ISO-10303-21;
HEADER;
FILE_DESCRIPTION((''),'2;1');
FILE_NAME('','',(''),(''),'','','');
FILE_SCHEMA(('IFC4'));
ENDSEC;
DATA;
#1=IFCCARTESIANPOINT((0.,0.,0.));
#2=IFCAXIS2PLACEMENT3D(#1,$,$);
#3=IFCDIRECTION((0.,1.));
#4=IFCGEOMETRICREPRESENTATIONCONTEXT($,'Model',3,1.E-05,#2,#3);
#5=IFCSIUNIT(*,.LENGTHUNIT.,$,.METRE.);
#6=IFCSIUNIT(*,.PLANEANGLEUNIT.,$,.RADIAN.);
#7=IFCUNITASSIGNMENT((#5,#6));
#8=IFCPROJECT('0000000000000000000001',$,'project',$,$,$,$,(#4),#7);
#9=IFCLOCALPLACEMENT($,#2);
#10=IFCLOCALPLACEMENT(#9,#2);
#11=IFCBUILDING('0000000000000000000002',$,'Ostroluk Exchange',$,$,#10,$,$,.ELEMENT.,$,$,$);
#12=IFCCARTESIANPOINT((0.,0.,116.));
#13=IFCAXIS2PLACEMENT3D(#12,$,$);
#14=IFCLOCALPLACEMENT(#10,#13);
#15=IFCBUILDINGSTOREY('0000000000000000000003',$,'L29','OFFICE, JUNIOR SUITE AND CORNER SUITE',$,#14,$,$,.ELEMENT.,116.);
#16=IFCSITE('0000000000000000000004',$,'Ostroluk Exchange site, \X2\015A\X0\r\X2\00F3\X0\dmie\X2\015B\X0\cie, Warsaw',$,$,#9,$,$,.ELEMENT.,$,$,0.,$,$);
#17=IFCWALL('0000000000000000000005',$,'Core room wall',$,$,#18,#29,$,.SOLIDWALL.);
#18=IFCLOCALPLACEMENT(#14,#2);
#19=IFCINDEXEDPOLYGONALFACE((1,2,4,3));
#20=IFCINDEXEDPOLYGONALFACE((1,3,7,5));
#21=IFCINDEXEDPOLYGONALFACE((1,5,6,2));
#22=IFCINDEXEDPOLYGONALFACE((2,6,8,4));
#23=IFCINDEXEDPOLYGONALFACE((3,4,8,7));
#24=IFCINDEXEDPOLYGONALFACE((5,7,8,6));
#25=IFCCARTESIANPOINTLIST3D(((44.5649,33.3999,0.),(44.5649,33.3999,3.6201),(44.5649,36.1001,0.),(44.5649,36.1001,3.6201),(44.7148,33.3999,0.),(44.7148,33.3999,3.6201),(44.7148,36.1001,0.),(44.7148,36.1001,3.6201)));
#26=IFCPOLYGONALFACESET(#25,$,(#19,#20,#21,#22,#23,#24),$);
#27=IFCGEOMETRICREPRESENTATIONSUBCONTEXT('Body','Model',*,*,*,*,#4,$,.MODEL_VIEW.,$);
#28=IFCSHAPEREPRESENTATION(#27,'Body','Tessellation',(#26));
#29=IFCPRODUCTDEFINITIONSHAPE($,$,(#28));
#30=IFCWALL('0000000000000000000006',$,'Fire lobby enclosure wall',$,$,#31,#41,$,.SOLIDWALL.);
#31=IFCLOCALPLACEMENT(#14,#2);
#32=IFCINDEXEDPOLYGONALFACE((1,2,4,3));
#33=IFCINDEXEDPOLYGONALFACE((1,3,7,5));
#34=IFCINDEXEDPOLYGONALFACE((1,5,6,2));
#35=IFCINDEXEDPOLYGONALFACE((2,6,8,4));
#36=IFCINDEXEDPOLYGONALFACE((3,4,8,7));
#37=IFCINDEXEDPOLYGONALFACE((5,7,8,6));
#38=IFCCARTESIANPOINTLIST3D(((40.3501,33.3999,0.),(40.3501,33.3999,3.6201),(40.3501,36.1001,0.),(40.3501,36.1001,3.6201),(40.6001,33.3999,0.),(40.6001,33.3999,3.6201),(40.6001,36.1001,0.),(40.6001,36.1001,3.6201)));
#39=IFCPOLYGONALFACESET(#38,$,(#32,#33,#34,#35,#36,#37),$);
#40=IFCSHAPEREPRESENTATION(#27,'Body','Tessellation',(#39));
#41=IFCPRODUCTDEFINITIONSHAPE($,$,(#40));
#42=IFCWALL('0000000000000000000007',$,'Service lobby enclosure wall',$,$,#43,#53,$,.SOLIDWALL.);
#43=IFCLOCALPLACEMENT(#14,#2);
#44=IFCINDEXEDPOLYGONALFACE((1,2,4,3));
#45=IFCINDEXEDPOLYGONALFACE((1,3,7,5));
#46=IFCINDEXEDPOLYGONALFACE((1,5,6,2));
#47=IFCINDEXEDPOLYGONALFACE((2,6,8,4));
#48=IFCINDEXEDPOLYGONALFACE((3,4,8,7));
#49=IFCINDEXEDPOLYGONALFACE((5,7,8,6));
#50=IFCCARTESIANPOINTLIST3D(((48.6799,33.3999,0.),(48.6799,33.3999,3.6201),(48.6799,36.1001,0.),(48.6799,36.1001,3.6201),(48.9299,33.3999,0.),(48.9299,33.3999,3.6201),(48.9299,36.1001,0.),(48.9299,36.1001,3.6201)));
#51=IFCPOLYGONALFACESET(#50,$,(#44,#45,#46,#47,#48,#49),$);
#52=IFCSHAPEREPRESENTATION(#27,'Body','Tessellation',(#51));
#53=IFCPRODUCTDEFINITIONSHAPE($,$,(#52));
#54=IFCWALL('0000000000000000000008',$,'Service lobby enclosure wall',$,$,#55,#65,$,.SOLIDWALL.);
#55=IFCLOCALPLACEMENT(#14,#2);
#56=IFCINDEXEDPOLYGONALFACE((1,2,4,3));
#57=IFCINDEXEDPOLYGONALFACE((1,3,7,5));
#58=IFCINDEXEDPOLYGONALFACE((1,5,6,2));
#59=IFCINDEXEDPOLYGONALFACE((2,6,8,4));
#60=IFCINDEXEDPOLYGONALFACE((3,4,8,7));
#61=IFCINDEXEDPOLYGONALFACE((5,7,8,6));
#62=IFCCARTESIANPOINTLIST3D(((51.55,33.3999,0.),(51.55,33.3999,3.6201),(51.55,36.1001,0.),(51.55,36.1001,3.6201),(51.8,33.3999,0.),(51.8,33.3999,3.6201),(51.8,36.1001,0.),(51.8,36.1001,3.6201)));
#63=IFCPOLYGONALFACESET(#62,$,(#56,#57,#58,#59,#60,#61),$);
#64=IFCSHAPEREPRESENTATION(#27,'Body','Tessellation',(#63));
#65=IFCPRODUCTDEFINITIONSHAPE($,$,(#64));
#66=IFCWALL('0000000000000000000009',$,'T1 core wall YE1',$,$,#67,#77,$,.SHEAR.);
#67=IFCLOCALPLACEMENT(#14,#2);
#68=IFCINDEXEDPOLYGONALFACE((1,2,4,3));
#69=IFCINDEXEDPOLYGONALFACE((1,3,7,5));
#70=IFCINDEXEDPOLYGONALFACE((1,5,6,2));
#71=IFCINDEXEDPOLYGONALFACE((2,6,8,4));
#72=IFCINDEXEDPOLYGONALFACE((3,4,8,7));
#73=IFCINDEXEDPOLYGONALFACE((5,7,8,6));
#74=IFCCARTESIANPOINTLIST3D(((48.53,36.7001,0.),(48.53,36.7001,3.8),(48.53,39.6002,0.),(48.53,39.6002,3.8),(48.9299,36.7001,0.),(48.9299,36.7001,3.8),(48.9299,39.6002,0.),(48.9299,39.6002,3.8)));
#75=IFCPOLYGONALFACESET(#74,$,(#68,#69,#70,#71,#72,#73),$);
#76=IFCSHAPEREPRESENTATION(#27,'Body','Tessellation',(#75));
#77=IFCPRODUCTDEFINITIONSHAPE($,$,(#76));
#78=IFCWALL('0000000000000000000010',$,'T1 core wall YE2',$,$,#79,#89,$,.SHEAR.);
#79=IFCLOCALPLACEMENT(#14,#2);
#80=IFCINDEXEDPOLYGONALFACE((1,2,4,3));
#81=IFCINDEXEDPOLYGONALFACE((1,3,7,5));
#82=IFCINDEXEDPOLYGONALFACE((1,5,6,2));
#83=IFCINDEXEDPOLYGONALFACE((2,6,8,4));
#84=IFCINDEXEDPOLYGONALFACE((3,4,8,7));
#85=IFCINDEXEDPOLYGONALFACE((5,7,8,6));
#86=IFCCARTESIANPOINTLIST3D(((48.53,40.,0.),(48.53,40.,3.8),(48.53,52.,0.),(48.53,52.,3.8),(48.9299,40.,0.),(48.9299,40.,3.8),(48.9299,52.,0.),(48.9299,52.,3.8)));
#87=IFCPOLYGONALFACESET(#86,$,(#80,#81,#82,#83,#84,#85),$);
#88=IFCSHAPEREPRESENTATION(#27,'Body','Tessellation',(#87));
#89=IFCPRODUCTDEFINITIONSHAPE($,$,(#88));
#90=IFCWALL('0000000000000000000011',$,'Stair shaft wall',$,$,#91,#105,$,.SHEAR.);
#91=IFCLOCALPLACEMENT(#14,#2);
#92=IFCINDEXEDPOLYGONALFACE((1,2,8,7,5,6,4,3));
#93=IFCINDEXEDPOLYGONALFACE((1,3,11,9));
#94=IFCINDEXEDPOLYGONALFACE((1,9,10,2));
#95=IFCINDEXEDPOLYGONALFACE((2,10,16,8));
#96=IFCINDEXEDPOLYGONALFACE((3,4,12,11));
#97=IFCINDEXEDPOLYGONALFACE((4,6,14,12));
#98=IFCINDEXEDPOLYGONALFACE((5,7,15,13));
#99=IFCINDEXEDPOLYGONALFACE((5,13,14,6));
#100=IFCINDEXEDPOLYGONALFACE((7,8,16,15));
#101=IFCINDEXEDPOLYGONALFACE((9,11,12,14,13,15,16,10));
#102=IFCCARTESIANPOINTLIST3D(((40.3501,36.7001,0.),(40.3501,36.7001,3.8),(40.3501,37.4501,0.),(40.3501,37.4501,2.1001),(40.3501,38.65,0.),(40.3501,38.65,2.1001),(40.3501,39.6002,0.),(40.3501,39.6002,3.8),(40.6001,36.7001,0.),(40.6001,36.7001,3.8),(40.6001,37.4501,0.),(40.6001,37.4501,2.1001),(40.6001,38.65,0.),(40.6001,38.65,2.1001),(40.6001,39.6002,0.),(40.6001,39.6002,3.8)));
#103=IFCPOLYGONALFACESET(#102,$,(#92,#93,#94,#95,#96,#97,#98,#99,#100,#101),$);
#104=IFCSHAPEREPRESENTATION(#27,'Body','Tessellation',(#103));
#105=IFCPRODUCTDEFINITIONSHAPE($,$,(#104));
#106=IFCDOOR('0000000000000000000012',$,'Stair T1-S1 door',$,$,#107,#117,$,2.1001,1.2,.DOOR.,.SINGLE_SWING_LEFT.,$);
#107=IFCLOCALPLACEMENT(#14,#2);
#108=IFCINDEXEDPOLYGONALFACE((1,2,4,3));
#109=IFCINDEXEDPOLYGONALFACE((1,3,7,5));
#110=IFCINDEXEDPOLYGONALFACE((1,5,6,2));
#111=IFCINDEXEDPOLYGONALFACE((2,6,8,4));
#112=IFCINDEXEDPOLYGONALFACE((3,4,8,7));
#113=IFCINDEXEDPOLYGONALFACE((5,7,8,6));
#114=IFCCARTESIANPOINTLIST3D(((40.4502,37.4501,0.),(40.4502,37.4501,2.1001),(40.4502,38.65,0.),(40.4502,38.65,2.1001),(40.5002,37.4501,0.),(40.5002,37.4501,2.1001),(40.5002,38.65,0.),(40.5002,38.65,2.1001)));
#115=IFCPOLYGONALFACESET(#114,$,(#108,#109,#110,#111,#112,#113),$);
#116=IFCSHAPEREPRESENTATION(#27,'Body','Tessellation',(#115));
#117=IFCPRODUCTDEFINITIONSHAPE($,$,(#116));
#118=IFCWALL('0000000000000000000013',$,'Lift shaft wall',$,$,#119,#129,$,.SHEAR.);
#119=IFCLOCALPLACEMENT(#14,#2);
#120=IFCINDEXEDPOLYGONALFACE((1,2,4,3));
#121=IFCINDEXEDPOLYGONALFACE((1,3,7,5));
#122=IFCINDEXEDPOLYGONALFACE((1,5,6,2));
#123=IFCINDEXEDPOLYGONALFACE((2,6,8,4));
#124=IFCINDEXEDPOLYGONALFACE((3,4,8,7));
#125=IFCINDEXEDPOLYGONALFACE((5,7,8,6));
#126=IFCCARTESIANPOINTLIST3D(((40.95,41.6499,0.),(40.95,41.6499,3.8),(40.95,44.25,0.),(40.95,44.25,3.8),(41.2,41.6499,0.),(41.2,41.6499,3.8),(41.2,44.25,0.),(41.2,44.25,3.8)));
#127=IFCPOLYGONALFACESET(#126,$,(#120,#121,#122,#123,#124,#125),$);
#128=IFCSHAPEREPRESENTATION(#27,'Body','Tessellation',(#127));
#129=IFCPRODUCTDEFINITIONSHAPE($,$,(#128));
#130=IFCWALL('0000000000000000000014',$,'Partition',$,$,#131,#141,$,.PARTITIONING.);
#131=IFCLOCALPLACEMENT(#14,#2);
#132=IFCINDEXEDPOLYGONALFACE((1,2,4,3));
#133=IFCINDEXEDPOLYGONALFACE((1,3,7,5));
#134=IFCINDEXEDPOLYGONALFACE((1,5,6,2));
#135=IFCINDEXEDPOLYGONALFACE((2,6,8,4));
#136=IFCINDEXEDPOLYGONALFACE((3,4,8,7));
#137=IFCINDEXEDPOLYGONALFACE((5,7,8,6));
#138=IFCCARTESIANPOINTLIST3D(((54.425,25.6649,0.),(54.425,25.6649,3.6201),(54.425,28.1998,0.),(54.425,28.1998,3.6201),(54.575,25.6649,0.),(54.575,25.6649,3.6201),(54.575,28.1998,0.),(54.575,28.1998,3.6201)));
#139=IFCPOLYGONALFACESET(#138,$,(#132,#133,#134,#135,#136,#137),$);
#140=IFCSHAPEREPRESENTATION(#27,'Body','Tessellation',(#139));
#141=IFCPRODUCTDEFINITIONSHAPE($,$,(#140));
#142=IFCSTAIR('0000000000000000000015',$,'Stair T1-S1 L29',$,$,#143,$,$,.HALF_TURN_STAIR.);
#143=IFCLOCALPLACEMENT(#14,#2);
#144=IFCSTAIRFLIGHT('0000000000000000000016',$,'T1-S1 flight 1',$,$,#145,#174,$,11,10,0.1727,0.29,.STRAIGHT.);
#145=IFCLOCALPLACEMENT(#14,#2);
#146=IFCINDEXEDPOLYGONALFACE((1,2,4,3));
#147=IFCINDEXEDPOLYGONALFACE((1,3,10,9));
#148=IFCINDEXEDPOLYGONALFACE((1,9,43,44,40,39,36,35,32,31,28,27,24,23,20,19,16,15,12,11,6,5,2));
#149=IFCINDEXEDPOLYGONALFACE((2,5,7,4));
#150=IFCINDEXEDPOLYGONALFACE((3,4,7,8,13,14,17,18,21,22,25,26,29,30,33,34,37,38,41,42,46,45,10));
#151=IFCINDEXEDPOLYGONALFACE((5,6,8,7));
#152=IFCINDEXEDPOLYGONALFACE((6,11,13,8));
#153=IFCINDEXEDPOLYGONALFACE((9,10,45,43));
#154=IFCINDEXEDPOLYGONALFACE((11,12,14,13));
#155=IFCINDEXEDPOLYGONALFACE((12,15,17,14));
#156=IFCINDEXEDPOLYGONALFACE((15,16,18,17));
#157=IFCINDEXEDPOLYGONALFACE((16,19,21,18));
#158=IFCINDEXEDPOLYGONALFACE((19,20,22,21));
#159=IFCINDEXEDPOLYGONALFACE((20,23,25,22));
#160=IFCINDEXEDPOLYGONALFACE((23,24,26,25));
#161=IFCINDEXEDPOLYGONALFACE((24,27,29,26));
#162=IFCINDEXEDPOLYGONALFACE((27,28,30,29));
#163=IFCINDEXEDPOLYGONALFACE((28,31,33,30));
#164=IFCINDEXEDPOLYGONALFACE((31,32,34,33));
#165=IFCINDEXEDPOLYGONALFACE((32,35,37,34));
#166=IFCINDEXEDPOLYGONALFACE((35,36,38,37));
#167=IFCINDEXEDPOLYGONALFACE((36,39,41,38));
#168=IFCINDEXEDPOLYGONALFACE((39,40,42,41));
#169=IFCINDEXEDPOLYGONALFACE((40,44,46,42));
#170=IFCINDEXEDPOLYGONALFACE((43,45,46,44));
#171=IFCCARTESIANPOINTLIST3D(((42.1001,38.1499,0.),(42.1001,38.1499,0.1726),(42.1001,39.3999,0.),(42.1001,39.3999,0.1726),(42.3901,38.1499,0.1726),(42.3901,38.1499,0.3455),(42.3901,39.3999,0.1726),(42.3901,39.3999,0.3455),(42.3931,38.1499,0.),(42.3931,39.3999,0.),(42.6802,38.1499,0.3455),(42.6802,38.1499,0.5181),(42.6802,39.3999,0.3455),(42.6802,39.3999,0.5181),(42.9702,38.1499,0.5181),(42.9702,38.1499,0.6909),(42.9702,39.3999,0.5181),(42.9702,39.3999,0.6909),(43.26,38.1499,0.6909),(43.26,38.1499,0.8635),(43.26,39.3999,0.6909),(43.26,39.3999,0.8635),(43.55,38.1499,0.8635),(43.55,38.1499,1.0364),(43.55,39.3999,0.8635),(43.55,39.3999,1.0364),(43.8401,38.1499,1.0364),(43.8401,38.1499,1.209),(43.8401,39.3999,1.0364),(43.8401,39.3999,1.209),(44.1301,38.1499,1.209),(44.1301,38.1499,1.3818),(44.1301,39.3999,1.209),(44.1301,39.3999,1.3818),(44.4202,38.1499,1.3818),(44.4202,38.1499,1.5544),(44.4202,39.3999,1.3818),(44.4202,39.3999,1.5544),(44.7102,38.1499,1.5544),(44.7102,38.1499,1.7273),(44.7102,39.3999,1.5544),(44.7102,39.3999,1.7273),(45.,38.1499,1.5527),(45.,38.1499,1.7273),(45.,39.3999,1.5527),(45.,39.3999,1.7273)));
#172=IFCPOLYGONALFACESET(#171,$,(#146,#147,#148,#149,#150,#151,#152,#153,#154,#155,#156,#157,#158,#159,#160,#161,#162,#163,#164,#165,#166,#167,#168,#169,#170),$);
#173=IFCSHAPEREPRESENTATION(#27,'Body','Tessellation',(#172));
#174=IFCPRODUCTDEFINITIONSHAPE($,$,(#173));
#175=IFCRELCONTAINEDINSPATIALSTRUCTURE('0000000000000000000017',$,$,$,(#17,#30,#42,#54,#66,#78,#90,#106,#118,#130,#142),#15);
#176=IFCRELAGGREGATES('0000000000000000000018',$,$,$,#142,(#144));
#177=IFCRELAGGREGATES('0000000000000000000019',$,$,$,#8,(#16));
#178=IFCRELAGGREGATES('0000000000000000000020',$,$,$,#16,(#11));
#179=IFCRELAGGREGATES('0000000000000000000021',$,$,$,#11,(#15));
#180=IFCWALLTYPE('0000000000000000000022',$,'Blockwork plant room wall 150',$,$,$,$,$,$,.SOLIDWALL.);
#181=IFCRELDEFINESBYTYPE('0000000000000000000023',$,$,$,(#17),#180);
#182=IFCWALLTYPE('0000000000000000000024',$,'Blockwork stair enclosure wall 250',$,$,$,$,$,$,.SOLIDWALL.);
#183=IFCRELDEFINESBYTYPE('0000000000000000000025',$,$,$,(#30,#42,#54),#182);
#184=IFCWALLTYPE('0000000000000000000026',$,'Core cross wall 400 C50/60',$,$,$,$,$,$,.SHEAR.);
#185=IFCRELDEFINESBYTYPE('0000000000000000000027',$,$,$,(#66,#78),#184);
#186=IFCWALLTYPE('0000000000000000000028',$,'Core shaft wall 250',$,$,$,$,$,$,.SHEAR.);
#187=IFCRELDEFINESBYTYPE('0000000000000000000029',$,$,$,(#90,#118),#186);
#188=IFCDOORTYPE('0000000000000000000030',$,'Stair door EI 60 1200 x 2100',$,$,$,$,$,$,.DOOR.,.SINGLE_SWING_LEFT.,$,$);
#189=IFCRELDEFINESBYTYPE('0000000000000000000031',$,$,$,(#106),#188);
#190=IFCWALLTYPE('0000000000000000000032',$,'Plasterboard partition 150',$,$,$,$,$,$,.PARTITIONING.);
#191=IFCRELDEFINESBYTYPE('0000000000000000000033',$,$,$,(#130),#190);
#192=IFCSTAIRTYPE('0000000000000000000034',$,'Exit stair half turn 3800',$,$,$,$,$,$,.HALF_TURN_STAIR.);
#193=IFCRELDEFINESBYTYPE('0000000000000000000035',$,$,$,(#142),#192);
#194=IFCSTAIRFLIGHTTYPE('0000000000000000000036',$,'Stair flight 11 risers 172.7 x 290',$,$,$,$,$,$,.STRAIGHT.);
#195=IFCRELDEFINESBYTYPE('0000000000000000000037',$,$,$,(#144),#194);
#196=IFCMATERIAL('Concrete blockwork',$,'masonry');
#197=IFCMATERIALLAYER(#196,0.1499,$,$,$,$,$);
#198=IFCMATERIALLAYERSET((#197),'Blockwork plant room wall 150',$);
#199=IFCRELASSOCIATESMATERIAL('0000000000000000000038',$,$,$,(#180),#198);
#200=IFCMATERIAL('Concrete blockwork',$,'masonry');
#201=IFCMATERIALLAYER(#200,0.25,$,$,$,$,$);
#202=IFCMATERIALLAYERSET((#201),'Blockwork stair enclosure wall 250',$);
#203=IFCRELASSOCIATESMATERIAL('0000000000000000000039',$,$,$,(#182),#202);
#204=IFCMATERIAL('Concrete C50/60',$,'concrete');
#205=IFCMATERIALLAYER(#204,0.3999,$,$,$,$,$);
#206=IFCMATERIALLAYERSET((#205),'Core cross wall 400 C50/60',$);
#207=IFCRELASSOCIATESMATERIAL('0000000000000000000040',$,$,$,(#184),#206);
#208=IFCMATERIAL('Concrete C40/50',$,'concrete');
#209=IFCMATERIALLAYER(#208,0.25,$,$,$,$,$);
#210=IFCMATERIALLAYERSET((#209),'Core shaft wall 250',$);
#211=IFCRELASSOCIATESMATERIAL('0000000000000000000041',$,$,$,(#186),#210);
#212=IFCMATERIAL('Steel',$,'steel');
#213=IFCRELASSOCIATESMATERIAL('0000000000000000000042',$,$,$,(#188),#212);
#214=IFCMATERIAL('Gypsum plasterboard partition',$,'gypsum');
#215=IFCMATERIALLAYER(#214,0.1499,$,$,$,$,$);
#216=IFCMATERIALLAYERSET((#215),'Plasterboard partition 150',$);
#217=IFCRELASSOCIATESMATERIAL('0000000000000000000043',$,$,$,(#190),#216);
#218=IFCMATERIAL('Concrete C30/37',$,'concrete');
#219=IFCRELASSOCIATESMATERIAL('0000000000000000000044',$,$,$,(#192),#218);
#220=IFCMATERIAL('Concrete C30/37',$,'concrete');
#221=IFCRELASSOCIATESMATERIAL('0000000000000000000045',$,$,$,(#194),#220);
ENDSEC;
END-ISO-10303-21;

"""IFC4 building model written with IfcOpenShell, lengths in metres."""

from ifc_helpers import new_model, si_unit, direction, frame, frame_2d, origin, place, context, subcontext, project, spatial, polyline, rectangle, outline, extrude, material, layer, layer_set, type_object, element, fill, aggregate, save


model = new_model("IFC4")

# Units and contexts
model_context = context("Model", 3, precision=1e-05, world=origin(), true_north=direction((0.0, 1.0)))
body_context = subcontext(model_context, "Body", "Model", "MODEL_VIEW")
ifc_project = project(units=[si_unit("LENGTHUNIT", "METRE"), si_unit("PLANEANGLEUNIT", "RADIAN")], contexts=[model_context])

# Site, building, storey
site_placement = place(None, origin())
site = spatial("IfcSite", under=ifc_project, at=site_placement, Name="Ostroluk Exchange site, Śródmieście, Warsaw", CompositionType="ELEMENT", RefElevation=0.0)
building_placement = place(site_placement, origin())
building = spatial("IfcBuilding", under=site, at=building_placement, Name="Ostroluk Exchange", CompositionType="ELEMENT")
storey_placement = place(building_placement, frame((0.0, 0.0, 116.0)))
storey = spatial("IfcBuildingStorey", under=building, at=storey_placement, Name="L29", Description="OFFICE, JUNIOR SUITE AND CORNER SUITE", CompositionType="ELEMENT", Elevation=116.0)

# Walls
ifc_material_1 = material(Name="Concrete blockwork", Category="masonry")
ifc_layer_1 = layer(ifc_material_1, 0.1499)
ifc_layer_set_1 = layer_set([ifc_layer_1], Name="Blockwork plant room wall 150")
wall_type_1 = type_object("IfcWallType", Name="Blockwork plant room wall 150", PredefinedType="SOLIDWALL", material=ifc_layer_set_1)
wall_1_placement = place(storey_placement, frame((44.6399, 33.3999, 0.0), z_axis=(0.0, 0.0, 1.0), x_axis=(0.0, 1.0, 0.0)))
element("IfcWall", 1, at=wall_1_placement, inside=storey, type_object=wall_type_1, Name="Core room wall", PredefinedType="SOLIDWALL", context=body_context, shape_type="SweptSolid", body=[
    extrude(rectangle(XDim=2.7002, YDim=0.1499, at=frame_2d((1.3501, 0.0))), origin(), (0.0, 0.0, 1.0), 3.6201),
])
ifc_material_2 = material(Name="Concrete blockwork", Category="masonry")
ifc_layer_2 = layer(ifc_material_2, 0.25)
ifc_layer_set_2 = layer_set([ifc_layer_2], Name="Blockwork stair enclosure wall 250")
wall_type_2 = type_object("IfcWallType", Name="Blockwork stair enclosure wall 250", PredefinedType="SOLIDWALL", material=ifc_layer_set_2)
for number, where, z_axis, x_axis, name in (
    (2, (40.4751, 33.3999, 0.0), (0.0, 0.0, 1.0), (0.0, 1.0, 0.0), "Fire lobby enclosure wall"),
    (3, (48.8049, 33.3999, 0.0), (0.0, 0.0, 1.0), (0.0, 1.0, 0.0), "Service lobby enclosure wall"),
    (4, (51.675, 33.3999, 0.0), (0.0, 0.0, 1.0), (0.0, 1.0, 0.0), "Service lobby enclosure wall"),
):
    element("IfcWall", number, at=place(storey_placement, frame(where, z_axis=z_axis, x_axis=x_axis)), inside=storey, type_object=wall_type_2, Name=name, PredefinedType="SOLIDWALL", context=body_context, shape_type="SweptSolid", body=[
        extrude(rectangle(XDim=2.7002, YDim=0.25, at=frame_2d((1.3501, 0.0))), origin(), (0.0, 0.0, 1.0), 3.6201),
    ])
ifc_material_3 = material(Name="Concrete C50/60", Category="concrete")
ifc_layer_3 = layer(ifc_material_3, 0.3999)
ifc_layer_set_3 = layer_set([ifc_layer_3], Name="Core cross wall 400 C50/60")
wall_type_3 = type_object("IfcWallType", Name="Core cross wall 400 C50/60", PredefinedType="SHEAR", material=ifc_layer_set_3)
wall_2_placement = place(storey_placement, frame((48.73, 36.7, 0.0), z_axis=(0.0, 0.0, 1.0), x_axis=(0.0, 1.0, 0.0)))
element("IfcWall", 5, at=wall_2_placement, inside=storey, type_object=wall_type_3, Name="T1 core wall YE1", PredefinedType="SHEAR", context=body_context, shape_type="SweptSolid", body=[
    extrude(rectangle(XDim=2.9001, YDim=0.3999, at=frame_2d((1.4502, 0.0))), origin(), (0.0, 0.0, 1.0), 3.8),
])
wall_3_placement = place(storey_placement, frame((48.73, 40.0, 0.0), z_axis=(0.0, 0.0, 1.0), x_axis=(0.0, 1.0, 0.0)))
element("IfcWall", 6, at=wall_3_placement, inside=storey, type_object=wall_type_3, Name="T1 core wall YE2", PredefinedType="SHEAR", context=body_context, shape_type="SweptSolid", body=[
    extrude(rectangle(XDim=12.0, YDim=0.3999, at=frame_2d((6.0, 0.0))), origin(), (0.0, 0.0, 1.0), 3.8),
])

# Wall, opening, door
ifc_material_4 = material(Name="Concrete C40/50", Category="concrete")
ifc_layer_4 = layer(ifc_material_4, 0.25)
ifc_layer_set_4 = layer_set([ifc_layer_4], Name="Core shaft wall 250")
wall_type_4 = type_object("IfcWallType", Name="Core shaft wall 250", PredefinedType="SHEAR", material=ifc_layer_set_4)
wall_4_placement = place(storey_placement, frame((40.4751, 36.7, 0.0), z_axis=(0.0, 0.0, 1.0), x_axis=(0.0, 1.0, 0.0)))
wall_4 = element("IfcWall", 7, at=wall_4_placement, inside=storey, type_object=wall_type_4, Name="Stair shaft wall", PredefinedType="SHEAR", context=body_context, shape_type="SweptSolid", body=[
    extrude(rectangle(XDim=2.9001, YDim=0.25, at=frame_2d((1.4502, 0.0))), origin(), (0.0, 0.0, 1.0), 3.8),
])
opening_1_placement = place(wall_4_placement, frame((0.75, 0.0, 0.0)))
opening_1 = element("IfcOpeningElement", 8, at=opening_1_placement, cuts=wall_4, PredefinedType="OPENING", context=body_context, shape_type="SweptSolid", body=[
    extrude(rectangle(XDim=1.2, YDim=2.1001, at=frame_2d((0.6001, 1.05))), frame((0.0, 0.135, 0.0), z_axis=(0.0, -1.0, 0.0), x_axis=(1.0, 0.0, 0.0)), (0.0, 0.0, 1.0), 0.27),
])
ifc_material_5 = material(Name="Steel", Category="steel")
door_type_1 = type_object("IfcDoorType", Name="Stair door EI 60 1200 x 2100", OperationType="SINGLE_SWING_LEFT", PredefinedType="DOOR", material=ifc_material_5)
door_1_placement = place(opening_1_placement, origin())
door_1 = element("IfcDoor", 9, at=door_1_placement, inside=storey, type_object=door_type_1, Name="Stair T1-S1 door", OperationType="SINGLE_SWING_LEFT", OverallHeight=2.1001, OverallWidth=1.2, PredefinedType="DOOR", context=body_context, shape_type="SweptSolid", body=[
    extrude(rectangle(XDim=1.2, YDim=2.1001, at=frame_2d((0.6001, 1.05))), frame((0.0, 0.0249, 0.0), z_axis=(0.0, -1.0, 0.0), x_axis=(1.0, 0.0, 0.0)), (0.0, 0.0, 1.0), 0.05),
])
fill(opening_1, door_1)

# Wall
wall_5_placement = place(storey_placement, frame((41.075, 44.25, 0.0), z_axis=(0.0, 0.0, 1.0), x_axis=(0.0, -1.0, 0.0)))
element("IfcWall", 10, at=wall_5_placement, inside=storey, type_object=wall_type_4, Name="Lift shaft wall", PredefinedType="SHEAR", context=body_context, shape_type="SweptSolid", body=[
    extrude(rectangle(XDim=2.6001, YDim=0.25, at=frame_2d((1.3, 0.0))), origin(), (0.0, 0.0, 1.0), 3.8),
])

# Wall
ifc_material_6 = material(Name="Gypsum plasterboard partition", Category="gypsum")
ifc_layer_5 = layer(ifc_material_6, 0.1499)
ifc_layer_set_5 = layer_set([ifc_layer_5], Name="Plasterboard partition 150")
wall_type_5 = type_object("IfcWallType", Name="Plasterboard partition 150", PredefinedType="PARTITIONING", material=ifc_layer_set_5)
wall_6_placement = place(storey_placement, frame((54.5, 28.2, 0.0), z_axis=(0.0, 0.0, 1.0), x_axis=(0.0, -1.0, 0.0)))
element("IfcWall", 11, at=wall_6_placement, inside=storey, type_object=wall_type_5, Name="Partition", PredefinedType="PARTITIONING", context=body_context, shape_type="SweptSolid", body=[
    extrude(rectangle(XDim=2.5349, YDim=0.1499, at=frame_2d((1.2676, 0.0))), origin(), (0.0, 0.0, 1.0), 3.6201),
])

# Stair, stair flight
ifc_material_7 = material(Name="Concrete C30/37", Category="concrete")
stair_type = type_object("IfcStairType", Name="Exit stair half turn 3800", PredefinedType="HALF_TURN_STAIR", material=ifc_material_7)
stair_placement = place(storey_placement, origin())
stair = element("IfcStair", 12, at=stair_placement, inside=storey, type_object=stair_type, Name="Stair T1-S1 L29", PredefinedType="HALF_TURN_STAIR")
ifc_material_8 = material(Name="Concrete C30/37", Category="concrete")
stair_flight_type = type_object("IfcStairFlightType", Name="Stair flight 11 risers 172.7 x 290", PredefinedType="STRAIGHT", material=ifc_material_8)
stair_flight_1_placement = place(storey_placement, frame((42.1001, 38.7749, 0.0), z_axis=(0.0, 0.0, 1.0), x_axis=(1.0, 0.0, 0.0)))
stair_flight_1 = element("IfcStairFlight", 13, at=stair_flight_1_placement, type_object=stair_flight_type, Name="T1-S1 flight 1", NumberOfRisers=11, NumberOfTreads=10, PredefinedType="STRAIGHT", RiserHeight=0.1727, TreadLength=0.29, context=body_context, shape_type="SweptSolid", body=[
    extrude(outline(polyline([(0.0, 0.0), (0.0, 0.1726), (0.29, 0.1726), (0.29, 0.3455), (0.5801, 0.3455), (0.5801, 0.5181), (0.8701, 0.5181), (0.8701, 0.6909), (1.1599, 0.6909), (1.1599, 0.8635), (1.45, 0.8635), (1.45, 1.0364), (1.74, 1.0364), (1.74, 1.209), (2.03, 1.209), (2.03, 1.3818), (2.3201, 1.3818), (2.3201, 1.5544), (2.6101, 1.5544), (2.6101, 1.7273), (2.8999, 1.7273), (2.8999, 1.8999), (2.8999, 1.5527), (0.293, 0.0), (0.0, 0.0)])), frame((0.0, 0.625, 0.0), z_axis=(0.0, -1.0, 0.0), x_axis=(1.0, 0.0, 0.0)), (0.0, 0.0, 1.0), 1.25),
])
aggregate(stair, [stair_flight_1])

save(model, "model.ifc")
